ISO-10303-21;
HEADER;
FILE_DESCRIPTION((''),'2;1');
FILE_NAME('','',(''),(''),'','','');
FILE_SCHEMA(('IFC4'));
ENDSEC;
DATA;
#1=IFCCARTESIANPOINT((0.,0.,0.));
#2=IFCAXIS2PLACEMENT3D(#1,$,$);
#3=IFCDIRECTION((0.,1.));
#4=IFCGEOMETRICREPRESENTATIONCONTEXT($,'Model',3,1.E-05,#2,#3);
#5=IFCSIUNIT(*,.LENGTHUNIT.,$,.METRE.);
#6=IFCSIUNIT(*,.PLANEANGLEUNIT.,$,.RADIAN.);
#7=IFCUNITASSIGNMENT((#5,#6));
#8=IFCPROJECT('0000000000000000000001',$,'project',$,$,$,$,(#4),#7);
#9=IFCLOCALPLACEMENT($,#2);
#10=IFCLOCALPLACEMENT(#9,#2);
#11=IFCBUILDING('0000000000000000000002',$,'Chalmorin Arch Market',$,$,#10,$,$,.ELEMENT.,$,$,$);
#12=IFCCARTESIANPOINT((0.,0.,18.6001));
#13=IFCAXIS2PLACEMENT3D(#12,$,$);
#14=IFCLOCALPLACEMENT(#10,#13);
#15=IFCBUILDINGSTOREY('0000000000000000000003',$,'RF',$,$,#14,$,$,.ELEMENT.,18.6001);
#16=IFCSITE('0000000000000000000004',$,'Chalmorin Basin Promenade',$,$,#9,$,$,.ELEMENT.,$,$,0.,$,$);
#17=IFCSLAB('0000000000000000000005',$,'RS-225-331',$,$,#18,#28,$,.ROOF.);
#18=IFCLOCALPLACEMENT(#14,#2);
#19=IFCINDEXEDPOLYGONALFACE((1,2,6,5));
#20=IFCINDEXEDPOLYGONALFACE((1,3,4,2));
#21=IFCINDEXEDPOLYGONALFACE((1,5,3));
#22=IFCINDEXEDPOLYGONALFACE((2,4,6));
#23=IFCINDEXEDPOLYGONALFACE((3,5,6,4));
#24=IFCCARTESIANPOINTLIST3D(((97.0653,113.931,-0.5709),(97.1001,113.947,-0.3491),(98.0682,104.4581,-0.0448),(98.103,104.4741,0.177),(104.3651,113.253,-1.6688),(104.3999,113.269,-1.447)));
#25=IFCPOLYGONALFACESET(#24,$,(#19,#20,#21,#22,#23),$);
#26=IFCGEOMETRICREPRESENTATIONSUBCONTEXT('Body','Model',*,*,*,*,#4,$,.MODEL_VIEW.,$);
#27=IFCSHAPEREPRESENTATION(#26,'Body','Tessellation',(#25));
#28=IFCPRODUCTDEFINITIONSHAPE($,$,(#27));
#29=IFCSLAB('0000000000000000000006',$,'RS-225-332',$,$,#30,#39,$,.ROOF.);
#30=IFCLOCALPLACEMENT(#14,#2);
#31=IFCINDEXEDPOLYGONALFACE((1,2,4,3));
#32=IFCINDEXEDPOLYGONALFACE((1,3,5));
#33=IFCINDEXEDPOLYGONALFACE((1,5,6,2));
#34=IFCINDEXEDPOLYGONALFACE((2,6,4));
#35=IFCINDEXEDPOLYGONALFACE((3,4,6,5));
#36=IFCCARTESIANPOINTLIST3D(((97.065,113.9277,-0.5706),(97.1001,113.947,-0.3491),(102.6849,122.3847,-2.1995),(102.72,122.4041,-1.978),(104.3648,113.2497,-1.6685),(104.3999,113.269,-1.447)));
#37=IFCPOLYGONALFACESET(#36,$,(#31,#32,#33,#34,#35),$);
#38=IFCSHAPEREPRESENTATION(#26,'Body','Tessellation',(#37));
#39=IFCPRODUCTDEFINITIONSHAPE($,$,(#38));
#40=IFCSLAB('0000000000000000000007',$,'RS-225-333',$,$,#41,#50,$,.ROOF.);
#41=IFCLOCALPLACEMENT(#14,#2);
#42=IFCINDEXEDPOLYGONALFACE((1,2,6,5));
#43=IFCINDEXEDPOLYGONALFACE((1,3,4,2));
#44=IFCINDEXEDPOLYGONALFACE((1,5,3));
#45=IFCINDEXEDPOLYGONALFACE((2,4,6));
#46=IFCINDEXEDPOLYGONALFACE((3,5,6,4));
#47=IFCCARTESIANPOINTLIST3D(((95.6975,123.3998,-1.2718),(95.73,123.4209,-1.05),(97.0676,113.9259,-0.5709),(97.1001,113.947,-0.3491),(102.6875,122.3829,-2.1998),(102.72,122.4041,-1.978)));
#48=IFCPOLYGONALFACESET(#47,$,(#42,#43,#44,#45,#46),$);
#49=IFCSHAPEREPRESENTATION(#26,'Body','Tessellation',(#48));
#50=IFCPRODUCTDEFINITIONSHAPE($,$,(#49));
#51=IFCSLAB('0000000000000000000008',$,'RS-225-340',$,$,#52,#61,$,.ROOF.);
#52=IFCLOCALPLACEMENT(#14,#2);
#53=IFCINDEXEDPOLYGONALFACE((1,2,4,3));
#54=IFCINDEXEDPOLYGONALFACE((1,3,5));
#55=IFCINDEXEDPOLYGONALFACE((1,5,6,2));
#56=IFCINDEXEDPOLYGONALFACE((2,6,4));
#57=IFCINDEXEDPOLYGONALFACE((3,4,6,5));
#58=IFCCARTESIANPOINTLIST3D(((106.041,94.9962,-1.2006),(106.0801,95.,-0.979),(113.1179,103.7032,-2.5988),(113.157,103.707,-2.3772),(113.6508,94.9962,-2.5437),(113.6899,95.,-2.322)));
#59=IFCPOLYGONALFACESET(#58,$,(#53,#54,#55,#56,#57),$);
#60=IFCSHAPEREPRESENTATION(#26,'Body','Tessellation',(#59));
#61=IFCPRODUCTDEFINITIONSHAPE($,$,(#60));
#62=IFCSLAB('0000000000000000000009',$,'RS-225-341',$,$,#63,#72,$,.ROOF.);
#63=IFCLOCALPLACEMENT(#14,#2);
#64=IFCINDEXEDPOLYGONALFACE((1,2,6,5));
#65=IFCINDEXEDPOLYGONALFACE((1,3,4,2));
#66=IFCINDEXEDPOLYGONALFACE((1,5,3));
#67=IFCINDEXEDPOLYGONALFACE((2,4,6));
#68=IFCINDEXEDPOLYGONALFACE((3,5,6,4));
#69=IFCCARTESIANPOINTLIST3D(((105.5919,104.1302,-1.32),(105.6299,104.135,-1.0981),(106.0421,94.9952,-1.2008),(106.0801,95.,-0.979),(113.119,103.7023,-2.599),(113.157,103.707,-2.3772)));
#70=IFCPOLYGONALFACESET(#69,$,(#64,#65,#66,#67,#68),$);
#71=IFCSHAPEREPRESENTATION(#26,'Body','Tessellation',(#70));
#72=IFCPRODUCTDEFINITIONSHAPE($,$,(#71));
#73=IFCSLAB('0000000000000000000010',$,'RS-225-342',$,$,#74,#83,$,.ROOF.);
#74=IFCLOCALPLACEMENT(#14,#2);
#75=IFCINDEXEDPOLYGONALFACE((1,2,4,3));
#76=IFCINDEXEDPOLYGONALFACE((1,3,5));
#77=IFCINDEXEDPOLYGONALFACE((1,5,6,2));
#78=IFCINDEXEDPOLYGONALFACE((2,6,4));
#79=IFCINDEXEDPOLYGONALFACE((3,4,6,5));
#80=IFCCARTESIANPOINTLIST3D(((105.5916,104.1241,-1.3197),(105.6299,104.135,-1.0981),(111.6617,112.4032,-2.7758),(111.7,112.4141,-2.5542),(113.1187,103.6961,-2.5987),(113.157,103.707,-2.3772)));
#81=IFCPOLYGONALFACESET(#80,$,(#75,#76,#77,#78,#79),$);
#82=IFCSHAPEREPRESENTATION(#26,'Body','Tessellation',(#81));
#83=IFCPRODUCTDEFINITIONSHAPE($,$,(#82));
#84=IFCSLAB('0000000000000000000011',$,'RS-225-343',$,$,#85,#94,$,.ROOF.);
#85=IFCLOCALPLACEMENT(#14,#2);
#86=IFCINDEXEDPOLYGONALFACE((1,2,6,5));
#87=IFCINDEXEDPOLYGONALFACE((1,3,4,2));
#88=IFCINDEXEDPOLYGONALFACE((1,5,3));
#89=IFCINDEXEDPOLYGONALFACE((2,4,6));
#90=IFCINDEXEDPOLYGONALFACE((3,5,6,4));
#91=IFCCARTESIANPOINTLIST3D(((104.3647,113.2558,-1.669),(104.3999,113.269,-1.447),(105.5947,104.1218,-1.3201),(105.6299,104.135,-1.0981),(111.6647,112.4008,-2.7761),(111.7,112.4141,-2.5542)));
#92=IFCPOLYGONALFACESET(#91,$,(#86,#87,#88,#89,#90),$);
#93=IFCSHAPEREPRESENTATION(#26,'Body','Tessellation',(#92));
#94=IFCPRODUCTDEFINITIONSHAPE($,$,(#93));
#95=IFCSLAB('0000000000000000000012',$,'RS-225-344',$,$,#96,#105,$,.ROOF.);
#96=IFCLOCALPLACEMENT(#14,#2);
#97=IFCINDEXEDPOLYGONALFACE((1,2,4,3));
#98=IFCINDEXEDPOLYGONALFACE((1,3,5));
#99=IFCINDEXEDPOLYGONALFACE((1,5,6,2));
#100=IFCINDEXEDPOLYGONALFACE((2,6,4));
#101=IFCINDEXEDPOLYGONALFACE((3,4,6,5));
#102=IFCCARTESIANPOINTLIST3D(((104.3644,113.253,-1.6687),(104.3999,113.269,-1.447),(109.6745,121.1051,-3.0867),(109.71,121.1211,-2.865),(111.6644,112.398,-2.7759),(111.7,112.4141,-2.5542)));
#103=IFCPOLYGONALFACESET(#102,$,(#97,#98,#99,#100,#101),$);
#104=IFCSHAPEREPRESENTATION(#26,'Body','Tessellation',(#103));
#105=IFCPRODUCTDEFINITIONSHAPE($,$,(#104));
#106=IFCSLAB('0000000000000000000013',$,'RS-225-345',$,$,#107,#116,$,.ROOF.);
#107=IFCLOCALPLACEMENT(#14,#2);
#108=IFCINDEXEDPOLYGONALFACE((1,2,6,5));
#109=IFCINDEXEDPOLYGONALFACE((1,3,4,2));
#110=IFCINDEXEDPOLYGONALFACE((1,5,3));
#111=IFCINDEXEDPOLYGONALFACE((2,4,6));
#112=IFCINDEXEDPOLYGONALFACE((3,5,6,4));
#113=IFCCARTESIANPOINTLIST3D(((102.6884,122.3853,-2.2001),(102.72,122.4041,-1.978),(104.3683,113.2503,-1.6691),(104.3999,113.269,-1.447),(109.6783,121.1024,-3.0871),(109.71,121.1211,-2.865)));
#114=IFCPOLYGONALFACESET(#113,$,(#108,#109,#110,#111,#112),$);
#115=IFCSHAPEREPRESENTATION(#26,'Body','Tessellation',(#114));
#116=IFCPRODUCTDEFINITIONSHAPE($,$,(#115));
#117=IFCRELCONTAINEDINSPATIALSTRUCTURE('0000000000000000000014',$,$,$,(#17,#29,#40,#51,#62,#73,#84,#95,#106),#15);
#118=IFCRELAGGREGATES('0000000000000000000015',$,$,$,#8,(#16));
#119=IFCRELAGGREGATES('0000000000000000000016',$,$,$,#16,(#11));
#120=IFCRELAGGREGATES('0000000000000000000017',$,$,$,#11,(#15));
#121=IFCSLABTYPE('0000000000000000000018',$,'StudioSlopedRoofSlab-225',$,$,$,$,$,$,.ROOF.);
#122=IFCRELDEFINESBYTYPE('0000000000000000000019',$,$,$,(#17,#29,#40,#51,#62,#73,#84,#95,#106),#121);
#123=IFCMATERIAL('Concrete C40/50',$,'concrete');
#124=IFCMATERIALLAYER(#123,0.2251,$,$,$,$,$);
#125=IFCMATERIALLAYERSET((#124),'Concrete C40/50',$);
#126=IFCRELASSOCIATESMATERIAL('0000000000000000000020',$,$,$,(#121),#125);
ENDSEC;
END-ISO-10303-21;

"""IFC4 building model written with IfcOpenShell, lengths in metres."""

from ifc_helpers import new_model, si_unit, direction, frame, origin, place, context, subcontext, project, spatial, polyline, outline, extrude, material, layer, layer_set, type_object, element, save


model = new_model("IFC4")

# Units and contexts
model_context = context("Model", 3, precision=1e-05, world=origin(), true_north=direction((0.0, 1.0)))
body_context = subcontext(model_context, "Body", "Model", "MODEL_VIEW")
ifc_project = project(units=[si_unit("LENGTHUNIT", "METRE"), si_unit("PLANEANGLEUNIT", "RADIAN")], contexts=[model_context])

# Site, building, storey
site_placement = place(None, origin())
site = spatial("IfcSite", under=ifc_project, at=site_placement, Name="Chalmorin Basin Promenade", CompositionType="ELEMENT", RefElevation=0.0)
building_placement = place(site_placement, origin())
building = spatial("IfcBuilding", under=site, at=building_placement, Name="Chalmorin Arch Market", CompositionType="ELEMENT")
storey_placement = place(building_placement, frame((0.0, 0.0, 18.6001)))
storey = spatial("IfcBuildingStorey", under=building, at=storey_placement, Name="RF", CompositionType="ELEMENT", Elevation=18.6001)

# Shared definitions
ifc_material = material(Name="Concrete C40/50", Category="concrete")

# Slabs
ifc_layer = layer(ifc_material, 0.2251)
ifc_layer_set = layer_set([ifc_layer], Name="Concrete C40/50")
slab_type = type_object("IfcSlabType", Name="StudioSlopedRoofSlab-225", PredefinedType="ROOF", material=ifc_layer_set)
slab_1_placement = place(storey_placement, frame((98.103, 104.4741, 0.177), z_axis=(0.154808, 0.071118, 0.985382), x_axis=(0.575691, 0.804074, -0.148476)))
element("IfcSlab", 1, at=slab_1_placement, inside=storey, type_object=slab_type, Name="RS-225-331", PredefinedType="ROOF", context=body_context, shape_type="SweptSolid", body=[
    extrude(outline(polyline([(0.0, 0.0), (10.9379, 0.0), (7.1177, 6.3528), (0.0, 0.0)])), origin(), (0.0, 0.0, -1.0), 0.2251),
])
slab_2_placement = place(storey_placement, frame((97.1001, 113.947, -0.3491), z_axis=(0.155975, 0.085884, 0.98402), x_axis=(0.984734, -0.091458, -0.148105)))
element("IfcSlab", 2, at=slab_2_placement, inside=storey, type_object=slab_type, Name="RS-225-332", PredefinedType="ROOF", context=body_context, shape_type="SweptSolid", body=[
    extrude(outline(polyline([(0.0, 0.0), (7.413, 0.0), (5.0019, 8.9855), (0.0, 0.0)])), origin(), (0.0, 0.0, -1.0), 0.2251),
])
slab_3_placement = place(storey_placement, frame((97.1001, 113.947, -0.3491), z_axis=(0.144416, 0.093766, 0.985065), x_axis=(0.546475, 0.82236, -0.158395)))
element("IfcSlab", 3, at=slab_3_placement, inside=storey, type_object=slab_type, Name="RS-225-333", PredefinedType="ROOF", context=body_context, shape_type="SweptSolid", body=[
    extrude(outline(polyline([(0.0, 0.0), (10.2839, 0.0), (7.1532, 6.3995), (0.0, 0.0)])), origin(), (0.0, 0.0, -1.0), 0.2251),
])
slab_4_placement = place(storey_placement, frame((106.0801, 95.0, -0.979), z_axis=(0.173773, 0.016876, 0.984641), x_axis=(0.984781, 0.0, -0.173798)))
element("IfcSlab", 4, at=slab_4_placement, inside=storey, type_object=slab_type, Name="RS-225-340", PredefinedType="ROOF", context=body_context, shape_type="SweptSolid", body=[
    extrude(outline(polyline([(0.0, 0.0), (7.7275, 0.0), (7.2122, 8.7083), (0.0, 0.0)])), origin(), (0.0, 0.0, -1.0), 0.2251),
])
slab_5_placement = place(storey_placement, frame((106.0801, 95.0, -0.979), z_axis=(0.168657, 0.021164, 0.985448), x_axis=(0.625883, 0.770052, -0.123657)))
element("IfcSlab", 5, at=slab_5_placement, inside=storey, type_object=slab_type, Name="RS-225-341", PredefinedType="ROOF", context=body_context, shape_type="SweptSolid", body=[
    extrude(outline(polyline([(0.0, 0.0), (11.3071, 0.0), (6.7674, 6.1537), (0.0, 0.0)])), origin(), (0.0, 0.0, -1.0), 0.2251),
])
slab_6_placement = place(storey_placement, frame((105.6299, 104.135, -1.0981), z_axis=(0.170005, 0.048457, 0.984251), x_axis=(0.984323, -0.055967, -0.167262)))
element("IfcSlab", 6, at=slab_6_placement, inside=storey, type_object=slab_type, Name="RS-225-342", PredefinedType="ROOF", context=body_context, shape_type="SweptSolid", body=[
    extrude(outline(polyline([(0.0, 0.0), (7.647, 0.0), (5.7551, 8.6248), (0.0, 0.0)])), origin(), (0.0, 0.0, -1.0), 0.2251),
])
slab_7_placement = place(storey_placement, frame((105.6299, 104.135, -1.0981), z_axis=(0.156413, 0.058721, 0.985945), x_axis=(0.585426, 0.798471, -0.140429)))
element("IfcSlab", 7, at=slab_7_placement, inside=storey, type_object=slab_type, Name="RS-225-343", PredefinedType="ROOF", context=body_context, shape_type="SweptSolid", body=[
    extrude(outline(polyline([(0.0, 0.0), (10.3686, 0.0), (6.6222, 6.4196), (0.0, 0.0)])), origin(), (0.0, 0.0, -1.0), 0.2251),
])
slab_8_placement = place(storey_placement, frame((104.3999, 113.269, -1.447), z_axis=(0.157718, 0.071202, 0.984914), x_axis=(0.982131, -0.115027, -0.148957)))
element("IfcSlab", 8, at=slab_8_placement, inside=storey, type_object=slab_type, Name="RS-225-344", PredefinedType="ROOF", context=body_context, shape_type="SweptSolid", body=[
    extrude(outline(polyline([(0.0, 0.0), (7.4329, 0.0), (4.5232, 8.45), (0.0, 0.0)])), origin(), (0.0, 0.0, -1.0), 0.2251),
])
slab_9_placement = place(storey_placement, frame((104.3999, 113.269, -1.447), z_axis=(0.140455, 0.083179, 0.986587), x_axis=(0.554027, 0.819247, -0.147944)))
element("IfcSlab", 9, at=slab_9_placement, inside=storey, type_object=slab_type, Name="RS-225-345", PredefinedType="ROOF", context=body_context, shape_type="SweptSolid", body=[
    extrude(outline(polyline([(0.0, 0.0), (9.5845, 0.0), (6.6317, 6.5248), (0.0, 0.0)])), origin(), (0.0, 0.0, -1.0), 0.2251),
])

save(model, "model.ifc")
